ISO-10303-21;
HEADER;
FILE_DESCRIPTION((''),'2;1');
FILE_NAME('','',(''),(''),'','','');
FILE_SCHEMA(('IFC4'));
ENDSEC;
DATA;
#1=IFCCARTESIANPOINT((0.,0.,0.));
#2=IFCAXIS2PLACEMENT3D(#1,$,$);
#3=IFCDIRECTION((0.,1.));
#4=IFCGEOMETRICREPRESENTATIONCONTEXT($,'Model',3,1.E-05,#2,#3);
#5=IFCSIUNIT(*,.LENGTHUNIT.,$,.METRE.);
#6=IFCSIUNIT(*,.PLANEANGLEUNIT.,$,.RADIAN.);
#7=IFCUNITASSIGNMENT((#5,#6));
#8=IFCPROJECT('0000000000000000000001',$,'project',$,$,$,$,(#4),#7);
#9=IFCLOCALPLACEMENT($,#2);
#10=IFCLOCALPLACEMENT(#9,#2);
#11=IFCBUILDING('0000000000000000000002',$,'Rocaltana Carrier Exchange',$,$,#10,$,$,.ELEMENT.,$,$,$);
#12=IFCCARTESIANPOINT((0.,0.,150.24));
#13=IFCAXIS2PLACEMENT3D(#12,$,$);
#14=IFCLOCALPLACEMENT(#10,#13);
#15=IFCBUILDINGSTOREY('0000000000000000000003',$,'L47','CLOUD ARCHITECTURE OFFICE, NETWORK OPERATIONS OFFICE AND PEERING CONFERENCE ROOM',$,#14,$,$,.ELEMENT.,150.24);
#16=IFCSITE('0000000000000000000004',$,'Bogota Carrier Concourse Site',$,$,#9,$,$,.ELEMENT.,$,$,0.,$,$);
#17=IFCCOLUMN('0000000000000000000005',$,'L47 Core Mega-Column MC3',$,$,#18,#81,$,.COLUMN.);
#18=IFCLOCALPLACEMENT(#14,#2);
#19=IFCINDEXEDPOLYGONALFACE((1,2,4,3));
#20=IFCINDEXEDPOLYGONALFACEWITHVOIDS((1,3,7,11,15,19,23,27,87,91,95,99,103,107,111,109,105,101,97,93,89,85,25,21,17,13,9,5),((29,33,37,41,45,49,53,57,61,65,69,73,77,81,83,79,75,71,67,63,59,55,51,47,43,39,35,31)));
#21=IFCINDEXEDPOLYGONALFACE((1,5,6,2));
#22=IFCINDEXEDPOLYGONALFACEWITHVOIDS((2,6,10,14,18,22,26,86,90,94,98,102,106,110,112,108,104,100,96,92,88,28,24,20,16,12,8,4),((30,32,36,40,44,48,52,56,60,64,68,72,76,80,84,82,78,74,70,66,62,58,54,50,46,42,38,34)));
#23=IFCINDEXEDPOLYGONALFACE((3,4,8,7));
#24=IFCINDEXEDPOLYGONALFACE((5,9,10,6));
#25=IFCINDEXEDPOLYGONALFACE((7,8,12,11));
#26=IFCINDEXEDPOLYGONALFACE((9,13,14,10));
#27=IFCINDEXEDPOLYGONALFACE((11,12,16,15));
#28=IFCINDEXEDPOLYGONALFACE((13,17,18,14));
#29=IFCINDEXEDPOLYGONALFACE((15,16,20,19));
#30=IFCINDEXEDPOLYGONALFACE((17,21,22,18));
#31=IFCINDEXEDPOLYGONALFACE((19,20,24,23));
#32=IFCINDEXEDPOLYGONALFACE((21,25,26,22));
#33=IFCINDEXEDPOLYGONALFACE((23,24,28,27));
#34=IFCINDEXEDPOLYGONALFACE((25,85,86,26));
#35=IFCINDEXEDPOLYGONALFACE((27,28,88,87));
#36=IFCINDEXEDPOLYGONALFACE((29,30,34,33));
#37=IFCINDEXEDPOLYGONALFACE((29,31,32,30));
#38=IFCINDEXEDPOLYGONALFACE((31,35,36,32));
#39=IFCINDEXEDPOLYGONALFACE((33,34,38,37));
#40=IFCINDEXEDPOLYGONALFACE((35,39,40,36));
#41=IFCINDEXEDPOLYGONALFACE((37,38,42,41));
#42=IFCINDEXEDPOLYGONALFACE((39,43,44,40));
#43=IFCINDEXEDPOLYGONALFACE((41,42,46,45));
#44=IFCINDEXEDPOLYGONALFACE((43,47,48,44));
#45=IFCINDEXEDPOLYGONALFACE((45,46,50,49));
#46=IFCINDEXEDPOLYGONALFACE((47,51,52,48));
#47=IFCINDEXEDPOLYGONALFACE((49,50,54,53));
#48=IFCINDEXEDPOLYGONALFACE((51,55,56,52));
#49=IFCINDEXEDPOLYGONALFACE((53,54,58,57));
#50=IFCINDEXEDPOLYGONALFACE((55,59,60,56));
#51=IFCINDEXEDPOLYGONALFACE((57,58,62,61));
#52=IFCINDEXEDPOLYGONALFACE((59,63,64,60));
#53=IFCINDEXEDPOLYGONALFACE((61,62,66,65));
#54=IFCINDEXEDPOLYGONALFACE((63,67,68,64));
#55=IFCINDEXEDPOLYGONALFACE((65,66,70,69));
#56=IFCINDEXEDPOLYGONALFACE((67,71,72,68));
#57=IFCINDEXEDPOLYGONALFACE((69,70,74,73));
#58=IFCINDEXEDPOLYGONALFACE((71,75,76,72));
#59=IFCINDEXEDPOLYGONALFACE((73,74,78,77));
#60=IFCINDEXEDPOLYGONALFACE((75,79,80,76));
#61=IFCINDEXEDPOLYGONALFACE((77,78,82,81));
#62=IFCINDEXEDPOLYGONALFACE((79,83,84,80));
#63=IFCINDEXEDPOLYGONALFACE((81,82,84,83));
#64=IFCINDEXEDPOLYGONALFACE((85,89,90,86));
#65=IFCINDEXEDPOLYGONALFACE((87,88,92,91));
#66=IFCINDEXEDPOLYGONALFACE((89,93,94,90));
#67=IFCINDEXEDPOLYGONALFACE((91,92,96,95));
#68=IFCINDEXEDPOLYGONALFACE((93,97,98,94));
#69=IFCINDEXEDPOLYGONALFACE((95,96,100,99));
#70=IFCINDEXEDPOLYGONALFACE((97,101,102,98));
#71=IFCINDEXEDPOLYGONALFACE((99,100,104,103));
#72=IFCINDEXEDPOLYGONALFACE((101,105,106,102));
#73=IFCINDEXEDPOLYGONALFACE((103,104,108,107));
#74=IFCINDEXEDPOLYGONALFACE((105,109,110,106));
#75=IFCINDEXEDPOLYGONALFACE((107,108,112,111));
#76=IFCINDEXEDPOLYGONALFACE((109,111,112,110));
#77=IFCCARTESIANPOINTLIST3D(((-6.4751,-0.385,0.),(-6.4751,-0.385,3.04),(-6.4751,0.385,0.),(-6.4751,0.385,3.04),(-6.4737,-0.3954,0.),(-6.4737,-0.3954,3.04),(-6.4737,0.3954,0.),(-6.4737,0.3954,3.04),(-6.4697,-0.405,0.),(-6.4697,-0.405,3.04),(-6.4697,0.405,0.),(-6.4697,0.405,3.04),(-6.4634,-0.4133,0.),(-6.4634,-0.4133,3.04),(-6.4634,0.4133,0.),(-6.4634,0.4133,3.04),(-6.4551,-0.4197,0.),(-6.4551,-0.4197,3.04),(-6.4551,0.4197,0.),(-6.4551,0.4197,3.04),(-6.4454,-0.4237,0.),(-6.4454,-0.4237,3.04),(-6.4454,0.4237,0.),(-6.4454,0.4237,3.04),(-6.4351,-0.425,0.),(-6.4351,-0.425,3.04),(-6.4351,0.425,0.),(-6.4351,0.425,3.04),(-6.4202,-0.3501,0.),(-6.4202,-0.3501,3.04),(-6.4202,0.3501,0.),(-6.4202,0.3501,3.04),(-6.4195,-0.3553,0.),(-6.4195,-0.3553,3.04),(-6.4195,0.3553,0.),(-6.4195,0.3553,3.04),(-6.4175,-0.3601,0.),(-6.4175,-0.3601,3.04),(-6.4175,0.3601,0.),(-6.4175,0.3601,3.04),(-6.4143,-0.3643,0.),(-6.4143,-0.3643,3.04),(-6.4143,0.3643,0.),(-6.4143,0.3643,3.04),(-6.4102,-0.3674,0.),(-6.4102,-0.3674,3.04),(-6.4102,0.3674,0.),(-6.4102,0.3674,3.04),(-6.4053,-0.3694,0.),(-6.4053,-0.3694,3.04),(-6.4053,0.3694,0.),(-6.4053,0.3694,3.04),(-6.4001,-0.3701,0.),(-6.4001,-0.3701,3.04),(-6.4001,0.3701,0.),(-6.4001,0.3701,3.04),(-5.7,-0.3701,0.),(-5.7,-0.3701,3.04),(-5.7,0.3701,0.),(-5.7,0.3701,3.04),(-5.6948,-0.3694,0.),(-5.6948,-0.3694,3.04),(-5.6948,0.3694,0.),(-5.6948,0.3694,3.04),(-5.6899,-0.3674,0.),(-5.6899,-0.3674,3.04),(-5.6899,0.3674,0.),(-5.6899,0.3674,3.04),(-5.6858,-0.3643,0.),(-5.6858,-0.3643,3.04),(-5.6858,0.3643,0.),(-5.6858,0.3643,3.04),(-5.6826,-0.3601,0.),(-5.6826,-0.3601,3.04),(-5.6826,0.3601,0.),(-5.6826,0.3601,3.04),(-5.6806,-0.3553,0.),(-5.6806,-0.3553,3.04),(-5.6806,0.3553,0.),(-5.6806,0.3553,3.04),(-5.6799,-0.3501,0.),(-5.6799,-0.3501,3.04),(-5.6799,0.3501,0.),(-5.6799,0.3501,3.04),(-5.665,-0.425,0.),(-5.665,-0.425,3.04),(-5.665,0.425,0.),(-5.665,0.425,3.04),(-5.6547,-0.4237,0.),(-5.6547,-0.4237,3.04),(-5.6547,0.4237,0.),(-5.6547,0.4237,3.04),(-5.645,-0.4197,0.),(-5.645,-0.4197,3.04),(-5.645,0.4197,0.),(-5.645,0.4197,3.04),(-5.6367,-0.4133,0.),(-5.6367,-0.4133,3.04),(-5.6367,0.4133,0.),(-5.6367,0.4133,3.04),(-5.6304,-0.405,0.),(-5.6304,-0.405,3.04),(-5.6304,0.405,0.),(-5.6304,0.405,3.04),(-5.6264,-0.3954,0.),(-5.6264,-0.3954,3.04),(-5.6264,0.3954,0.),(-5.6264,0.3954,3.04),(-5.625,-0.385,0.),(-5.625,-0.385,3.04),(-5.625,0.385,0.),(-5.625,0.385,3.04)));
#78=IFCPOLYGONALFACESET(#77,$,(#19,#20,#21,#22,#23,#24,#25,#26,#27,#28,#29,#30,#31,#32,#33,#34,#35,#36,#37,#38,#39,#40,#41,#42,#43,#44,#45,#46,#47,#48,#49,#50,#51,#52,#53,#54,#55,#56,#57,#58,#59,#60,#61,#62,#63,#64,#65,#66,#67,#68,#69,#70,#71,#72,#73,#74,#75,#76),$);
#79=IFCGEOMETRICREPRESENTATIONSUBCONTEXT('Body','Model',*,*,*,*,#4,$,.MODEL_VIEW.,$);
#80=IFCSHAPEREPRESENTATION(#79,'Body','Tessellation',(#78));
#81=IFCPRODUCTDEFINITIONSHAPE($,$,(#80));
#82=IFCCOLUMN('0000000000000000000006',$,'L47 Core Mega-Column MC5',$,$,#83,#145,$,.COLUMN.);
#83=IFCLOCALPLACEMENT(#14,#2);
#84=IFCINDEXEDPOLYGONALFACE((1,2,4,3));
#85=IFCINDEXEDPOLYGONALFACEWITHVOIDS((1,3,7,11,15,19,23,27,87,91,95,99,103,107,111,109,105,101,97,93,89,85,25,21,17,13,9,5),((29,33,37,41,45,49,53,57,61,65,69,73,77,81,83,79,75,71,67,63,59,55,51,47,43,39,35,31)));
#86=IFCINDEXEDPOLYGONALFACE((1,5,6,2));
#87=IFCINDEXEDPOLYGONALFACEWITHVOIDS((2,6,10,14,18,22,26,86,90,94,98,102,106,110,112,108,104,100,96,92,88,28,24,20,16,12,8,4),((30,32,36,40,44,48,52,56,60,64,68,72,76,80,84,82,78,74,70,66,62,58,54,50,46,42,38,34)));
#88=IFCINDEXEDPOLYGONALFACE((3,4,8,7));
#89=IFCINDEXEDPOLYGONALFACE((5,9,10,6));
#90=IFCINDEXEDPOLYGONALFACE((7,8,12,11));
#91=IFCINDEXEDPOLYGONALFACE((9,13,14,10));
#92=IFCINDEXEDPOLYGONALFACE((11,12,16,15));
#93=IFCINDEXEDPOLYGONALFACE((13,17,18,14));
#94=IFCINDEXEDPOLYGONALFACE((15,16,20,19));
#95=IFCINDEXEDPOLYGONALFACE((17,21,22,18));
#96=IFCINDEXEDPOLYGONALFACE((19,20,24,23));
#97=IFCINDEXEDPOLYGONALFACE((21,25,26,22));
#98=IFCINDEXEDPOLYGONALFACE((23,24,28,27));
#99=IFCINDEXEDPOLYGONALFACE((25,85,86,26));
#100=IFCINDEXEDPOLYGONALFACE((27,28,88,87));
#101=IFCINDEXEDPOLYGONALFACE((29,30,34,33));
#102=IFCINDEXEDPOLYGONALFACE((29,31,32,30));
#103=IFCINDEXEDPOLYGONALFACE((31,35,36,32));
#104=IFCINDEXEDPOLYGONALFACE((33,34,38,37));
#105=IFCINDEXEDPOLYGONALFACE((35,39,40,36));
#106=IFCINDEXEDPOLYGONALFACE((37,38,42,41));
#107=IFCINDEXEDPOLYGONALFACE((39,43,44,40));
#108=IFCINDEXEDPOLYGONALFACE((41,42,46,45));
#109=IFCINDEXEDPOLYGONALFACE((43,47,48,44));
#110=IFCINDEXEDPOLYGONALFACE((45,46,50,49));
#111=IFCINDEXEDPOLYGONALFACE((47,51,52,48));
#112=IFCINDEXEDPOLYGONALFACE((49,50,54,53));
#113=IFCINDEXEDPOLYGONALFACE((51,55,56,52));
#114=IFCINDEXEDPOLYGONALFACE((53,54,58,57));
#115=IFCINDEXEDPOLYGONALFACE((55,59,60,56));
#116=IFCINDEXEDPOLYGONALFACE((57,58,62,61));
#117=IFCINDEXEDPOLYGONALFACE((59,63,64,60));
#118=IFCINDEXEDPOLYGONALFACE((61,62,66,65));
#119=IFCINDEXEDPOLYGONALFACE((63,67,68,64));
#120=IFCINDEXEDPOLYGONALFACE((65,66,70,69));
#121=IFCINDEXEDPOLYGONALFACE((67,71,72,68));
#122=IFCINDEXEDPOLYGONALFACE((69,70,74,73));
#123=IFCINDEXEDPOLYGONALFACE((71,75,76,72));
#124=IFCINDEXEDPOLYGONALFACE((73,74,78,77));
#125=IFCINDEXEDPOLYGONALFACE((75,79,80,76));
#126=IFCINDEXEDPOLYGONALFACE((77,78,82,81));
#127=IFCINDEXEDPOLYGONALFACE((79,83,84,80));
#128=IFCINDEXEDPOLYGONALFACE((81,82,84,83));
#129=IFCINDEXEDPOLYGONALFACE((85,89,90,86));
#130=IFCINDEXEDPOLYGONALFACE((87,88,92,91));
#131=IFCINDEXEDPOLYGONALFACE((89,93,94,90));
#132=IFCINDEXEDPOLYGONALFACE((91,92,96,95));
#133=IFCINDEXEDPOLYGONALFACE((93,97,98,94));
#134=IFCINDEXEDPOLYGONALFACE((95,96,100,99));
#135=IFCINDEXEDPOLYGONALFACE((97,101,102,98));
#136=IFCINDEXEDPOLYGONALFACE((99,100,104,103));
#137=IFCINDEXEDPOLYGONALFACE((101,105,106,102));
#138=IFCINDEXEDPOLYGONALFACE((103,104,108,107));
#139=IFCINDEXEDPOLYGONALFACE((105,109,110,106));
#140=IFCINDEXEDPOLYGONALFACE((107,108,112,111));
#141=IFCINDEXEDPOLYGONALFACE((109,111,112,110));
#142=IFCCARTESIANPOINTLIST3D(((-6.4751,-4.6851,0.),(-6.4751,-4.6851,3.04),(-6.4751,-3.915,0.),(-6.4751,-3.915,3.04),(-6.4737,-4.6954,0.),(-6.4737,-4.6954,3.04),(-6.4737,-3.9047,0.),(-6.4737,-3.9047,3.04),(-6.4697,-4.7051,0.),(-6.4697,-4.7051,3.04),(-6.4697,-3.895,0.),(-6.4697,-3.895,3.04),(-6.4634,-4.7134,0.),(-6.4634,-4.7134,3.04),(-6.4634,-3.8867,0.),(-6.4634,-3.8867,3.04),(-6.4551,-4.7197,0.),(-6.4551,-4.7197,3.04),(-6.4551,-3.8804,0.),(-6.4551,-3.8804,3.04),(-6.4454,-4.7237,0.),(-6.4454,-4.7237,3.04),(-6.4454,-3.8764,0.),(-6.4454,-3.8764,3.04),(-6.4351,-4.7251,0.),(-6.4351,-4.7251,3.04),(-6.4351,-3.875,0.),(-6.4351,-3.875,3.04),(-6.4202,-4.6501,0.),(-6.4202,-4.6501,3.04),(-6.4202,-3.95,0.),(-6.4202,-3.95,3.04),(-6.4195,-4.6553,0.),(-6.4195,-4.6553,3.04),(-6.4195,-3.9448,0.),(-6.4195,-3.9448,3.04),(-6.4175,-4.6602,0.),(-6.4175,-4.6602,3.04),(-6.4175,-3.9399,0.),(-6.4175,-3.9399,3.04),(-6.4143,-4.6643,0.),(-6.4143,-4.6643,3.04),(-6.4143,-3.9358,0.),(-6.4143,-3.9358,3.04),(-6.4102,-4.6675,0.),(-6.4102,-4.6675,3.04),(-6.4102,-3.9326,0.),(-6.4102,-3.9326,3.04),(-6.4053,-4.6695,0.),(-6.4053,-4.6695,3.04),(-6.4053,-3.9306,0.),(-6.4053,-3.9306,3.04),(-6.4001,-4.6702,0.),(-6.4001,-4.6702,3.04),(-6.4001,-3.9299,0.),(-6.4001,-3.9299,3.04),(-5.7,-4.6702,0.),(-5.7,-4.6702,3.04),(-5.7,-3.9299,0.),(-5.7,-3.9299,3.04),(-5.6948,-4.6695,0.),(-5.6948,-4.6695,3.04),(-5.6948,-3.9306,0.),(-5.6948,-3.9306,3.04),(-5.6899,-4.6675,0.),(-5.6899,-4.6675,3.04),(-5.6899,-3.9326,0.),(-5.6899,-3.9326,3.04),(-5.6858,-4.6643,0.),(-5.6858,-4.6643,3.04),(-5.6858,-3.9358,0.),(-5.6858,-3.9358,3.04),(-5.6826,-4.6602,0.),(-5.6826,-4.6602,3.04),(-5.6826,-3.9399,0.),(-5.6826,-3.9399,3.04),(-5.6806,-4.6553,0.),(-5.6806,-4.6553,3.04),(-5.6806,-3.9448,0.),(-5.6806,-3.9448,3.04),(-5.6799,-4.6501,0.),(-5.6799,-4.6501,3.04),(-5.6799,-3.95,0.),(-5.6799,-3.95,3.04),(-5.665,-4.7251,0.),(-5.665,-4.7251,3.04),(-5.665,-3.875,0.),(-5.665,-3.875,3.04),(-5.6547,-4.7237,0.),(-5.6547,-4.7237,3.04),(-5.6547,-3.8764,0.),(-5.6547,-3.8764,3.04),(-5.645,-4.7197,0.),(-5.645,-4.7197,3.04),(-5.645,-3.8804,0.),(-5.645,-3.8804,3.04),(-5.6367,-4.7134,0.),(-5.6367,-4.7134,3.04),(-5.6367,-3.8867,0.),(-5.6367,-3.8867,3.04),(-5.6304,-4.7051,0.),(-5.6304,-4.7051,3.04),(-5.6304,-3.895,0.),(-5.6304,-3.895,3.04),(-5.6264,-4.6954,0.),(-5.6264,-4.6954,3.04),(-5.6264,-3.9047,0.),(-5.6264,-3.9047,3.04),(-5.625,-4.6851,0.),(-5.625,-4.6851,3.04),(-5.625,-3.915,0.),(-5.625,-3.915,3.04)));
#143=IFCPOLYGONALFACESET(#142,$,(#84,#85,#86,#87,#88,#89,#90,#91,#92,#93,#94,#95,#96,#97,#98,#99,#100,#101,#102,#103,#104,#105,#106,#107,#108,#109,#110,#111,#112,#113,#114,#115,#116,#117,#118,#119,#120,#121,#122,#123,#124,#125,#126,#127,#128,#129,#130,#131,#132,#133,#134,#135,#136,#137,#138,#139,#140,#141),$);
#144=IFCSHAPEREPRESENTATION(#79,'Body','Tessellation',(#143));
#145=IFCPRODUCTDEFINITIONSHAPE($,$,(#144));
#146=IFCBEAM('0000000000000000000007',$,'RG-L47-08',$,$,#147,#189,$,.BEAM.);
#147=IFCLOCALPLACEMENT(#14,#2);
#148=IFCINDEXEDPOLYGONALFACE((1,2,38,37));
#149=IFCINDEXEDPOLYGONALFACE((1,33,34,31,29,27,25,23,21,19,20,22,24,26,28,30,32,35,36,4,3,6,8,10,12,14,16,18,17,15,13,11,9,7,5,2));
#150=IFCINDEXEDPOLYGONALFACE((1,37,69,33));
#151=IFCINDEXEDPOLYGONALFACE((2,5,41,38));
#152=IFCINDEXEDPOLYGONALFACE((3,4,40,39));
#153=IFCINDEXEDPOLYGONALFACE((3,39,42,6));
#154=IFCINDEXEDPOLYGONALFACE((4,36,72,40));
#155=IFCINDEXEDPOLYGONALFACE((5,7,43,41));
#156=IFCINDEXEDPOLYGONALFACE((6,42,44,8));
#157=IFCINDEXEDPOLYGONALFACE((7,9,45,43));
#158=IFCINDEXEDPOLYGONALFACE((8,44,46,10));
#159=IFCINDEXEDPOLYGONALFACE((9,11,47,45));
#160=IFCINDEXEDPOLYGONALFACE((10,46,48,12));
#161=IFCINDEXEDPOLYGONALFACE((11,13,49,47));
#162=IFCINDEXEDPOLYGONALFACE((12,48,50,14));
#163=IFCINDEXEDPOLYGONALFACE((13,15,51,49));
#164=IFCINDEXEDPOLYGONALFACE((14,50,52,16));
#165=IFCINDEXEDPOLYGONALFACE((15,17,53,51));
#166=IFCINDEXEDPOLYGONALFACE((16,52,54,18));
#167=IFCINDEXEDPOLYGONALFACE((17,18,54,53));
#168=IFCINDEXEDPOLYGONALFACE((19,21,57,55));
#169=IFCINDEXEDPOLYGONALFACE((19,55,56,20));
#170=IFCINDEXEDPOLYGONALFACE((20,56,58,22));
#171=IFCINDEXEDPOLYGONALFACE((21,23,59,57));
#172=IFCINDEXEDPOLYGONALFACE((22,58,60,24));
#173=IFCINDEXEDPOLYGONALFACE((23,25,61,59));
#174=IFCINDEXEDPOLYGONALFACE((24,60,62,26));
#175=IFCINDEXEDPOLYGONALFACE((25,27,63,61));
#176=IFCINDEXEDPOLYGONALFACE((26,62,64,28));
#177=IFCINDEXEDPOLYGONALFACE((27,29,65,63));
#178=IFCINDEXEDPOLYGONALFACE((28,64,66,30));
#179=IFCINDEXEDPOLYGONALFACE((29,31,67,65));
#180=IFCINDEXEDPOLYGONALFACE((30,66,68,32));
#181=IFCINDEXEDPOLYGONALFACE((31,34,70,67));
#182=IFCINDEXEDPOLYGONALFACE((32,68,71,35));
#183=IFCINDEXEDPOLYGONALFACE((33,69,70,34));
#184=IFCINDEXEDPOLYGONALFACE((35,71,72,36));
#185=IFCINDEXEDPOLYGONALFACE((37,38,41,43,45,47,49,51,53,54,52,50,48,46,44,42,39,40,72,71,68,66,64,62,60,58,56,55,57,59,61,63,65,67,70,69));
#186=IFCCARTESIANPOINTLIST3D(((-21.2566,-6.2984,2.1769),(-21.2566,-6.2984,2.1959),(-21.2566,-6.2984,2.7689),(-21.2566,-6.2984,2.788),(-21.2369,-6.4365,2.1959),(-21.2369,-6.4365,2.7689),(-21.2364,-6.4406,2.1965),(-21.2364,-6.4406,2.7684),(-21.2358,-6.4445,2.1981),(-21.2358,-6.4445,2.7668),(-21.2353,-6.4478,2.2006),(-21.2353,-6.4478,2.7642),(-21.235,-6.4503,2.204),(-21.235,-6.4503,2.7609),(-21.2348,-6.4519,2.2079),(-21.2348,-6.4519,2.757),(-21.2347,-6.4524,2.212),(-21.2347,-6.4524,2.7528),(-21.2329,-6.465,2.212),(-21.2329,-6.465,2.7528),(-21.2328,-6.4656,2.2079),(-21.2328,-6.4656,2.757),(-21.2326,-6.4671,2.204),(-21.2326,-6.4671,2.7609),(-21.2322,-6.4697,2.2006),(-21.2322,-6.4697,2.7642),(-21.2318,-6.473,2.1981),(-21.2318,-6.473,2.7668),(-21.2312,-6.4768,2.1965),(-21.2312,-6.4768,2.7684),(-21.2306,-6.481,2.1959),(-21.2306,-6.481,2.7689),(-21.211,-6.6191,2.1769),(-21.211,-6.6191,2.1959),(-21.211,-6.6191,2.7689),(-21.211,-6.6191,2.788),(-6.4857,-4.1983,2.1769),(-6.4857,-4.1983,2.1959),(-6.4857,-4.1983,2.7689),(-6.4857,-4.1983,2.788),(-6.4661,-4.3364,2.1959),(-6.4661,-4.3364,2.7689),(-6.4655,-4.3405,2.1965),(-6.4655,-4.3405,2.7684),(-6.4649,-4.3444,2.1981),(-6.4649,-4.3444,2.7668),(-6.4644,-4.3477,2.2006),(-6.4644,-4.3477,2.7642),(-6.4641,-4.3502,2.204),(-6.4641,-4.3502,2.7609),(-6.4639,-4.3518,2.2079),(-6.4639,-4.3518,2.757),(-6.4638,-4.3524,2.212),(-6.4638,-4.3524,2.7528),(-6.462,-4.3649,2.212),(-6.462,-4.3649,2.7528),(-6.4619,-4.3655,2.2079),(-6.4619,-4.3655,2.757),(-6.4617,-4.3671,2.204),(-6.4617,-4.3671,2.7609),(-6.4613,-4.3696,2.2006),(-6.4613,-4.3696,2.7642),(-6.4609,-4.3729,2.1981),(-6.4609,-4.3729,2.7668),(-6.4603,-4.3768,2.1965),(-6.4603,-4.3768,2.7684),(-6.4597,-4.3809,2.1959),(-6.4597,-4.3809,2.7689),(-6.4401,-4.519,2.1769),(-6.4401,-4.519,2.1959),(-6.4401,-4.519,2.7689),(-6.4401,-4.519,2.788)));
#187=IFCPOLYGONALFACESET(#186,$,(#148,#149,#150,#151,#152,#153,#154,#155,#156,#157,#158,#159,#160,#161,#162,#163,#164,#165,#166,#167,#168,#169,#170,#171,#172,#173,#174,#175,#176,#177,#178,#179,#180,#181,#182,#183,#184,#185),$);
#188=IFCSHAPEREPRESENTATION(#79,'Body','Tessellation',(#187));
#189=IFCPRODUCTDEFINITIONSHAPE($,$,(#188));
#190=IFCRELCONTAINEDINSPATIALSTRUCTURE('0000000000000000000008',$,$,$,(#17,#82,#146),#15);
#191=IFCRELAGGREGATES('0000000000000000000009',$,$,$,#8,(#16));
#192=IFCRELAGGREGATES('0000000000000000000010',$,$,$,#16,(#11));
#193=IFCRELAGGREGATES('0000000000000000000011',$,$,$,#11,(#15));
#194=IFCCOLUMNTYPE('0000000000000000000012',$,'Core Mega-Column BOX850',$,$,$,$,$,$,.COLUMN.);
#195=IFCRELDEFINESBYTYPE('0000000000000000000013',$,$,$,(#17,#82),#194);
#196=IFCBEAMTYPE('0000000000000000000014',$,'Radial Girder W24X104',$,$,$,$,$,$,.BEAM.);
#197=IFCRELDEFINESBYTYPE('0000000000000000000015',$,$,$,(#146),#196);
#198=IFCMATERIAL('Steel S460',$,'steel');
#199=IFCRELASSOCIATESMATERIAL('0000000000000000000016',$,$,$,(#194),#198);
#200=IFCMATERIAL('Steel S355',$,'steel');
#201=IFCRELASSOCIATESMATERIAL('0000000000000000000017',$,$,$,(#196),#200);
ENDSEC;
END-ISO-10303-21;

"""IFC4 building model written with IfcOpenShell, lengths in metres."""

from ifc_helpers import new_model, si_unit, direction, frame, origin, origin_2d, place, context, subcontext, project, spatial, hollow_rectangle, i_section, extrude, material, material_profile, profile_set, type_object, element, save


model = new_model("IFC4")

# Units and contexts
model_context = context("Model", 3, precision=1e-05, world=origin(), true_north=direction((0.0, 1.0)))
body_context = subcontext(model_context, "Body", "Model", "MODEL_VIEW")
ifc_project = project(units=[si_unit("LENGTHUNIT", "METRE"), si_unit("PLANEANGLEUNIT", "RADIAN")], contexts=[model_context])

# Site, building, storey
site_placement = place(None, origin())
site = spatial("IfcSite", under=ifc_project, at=site_placement, Name="Bogota Carrier Concourse Site", CompositionType="ELEMENT", RefElevation=0.0)
building_placement = place(site_placement, origin())
building = spatial("IfcBuilding", under=site, at=building_placement, Name="Rocaltana Carrier Exchange", CompositionType="ELEMENT")
storey_placement = place(building_placement, frame((0.0, 0.0, 150.24)))
storey = spatial("IfcBuildingStorey", under=building, at=storey_placement, Name="L47", Description="CLOUD ARCHITECTURE OFFICE, NETWORK OPERATIONS OFFICE AND PEERING CONFERENCE ROOM", CompositionType="ELEMENT", Elevation=150.24)

# Columns
ifc_material_1 = material(Name="Steel S460", Category="steel")
ifc_material_profile_1 = material_profile(ifc_material_1, hollow_rectangle(XDim=0.8501, YDim=0.8501, WallThickness=0.0549, InnerFilletRadius=0.02, OuterFilletRadius=0.04, at=origin_2d()), Name="BOX850X850X55")
ifc_profile_set_1 = profile_set([ifc_material_profile_1], Name="Steel S460")
column_type = type_object("IfcColumnType", Name="Core Mega-Column BOX850", PredefinedType="COLUMN", material=ifc_profile_set_1)
for number, where, z_axis, x_axis, name in (
    (1, (-6.05, 0.0, 0.0), (0.0, 0.0, 1.0), (1.0, 0.0, 0.0), "L47 Core Mega-Column MC3"),
    (2, (-6.05, -4.3, 0.0), (0.0, 0.0, 1.0), (1.0, 0.0, 0.0), "L47 Core Mega-Column MC5"),
):
    element("IfcColumn", number, at=place(storey_placement, frame(where, z_axis=z_axis, x_axis=x_axis)), inside=storey, type_object=column_type, Name=name, PredefinedType="COLUMN", context=body_context, shape_type="SweptSolid", body=[
        extrude(hollow_rectangle(XDim=0.8501, YDim=0.8501, WallThickness=0.0549, InnerFilletRadius=0.02, OuterFilletRadius=0.04, at=origin_2d()), origin(), (0.0, 0.0, 1.0), 3.04),
    ])

# Beam
ifc_material_2 = material(Name="Steel S355", Category="steel")
ifc_material_profile_2 = material_profile(ifc_material_2, i_section(OverallWidth=0.324, OverallDepth=0.6111, WebThickness=0.0127, FlangeThickness=0.019, FilletRadius=0.0161, at=origin_2d()), Name="W24X104")
ifc_profile_set_2 = profile_set([ifc_material_profile_2], Name="Steel S355")
beam_type = type_object("IfcBeamType", Name="Radial Girder W24X104", PredefinedType="BEAM", material=ifc_profile_set_2)
beam_1_placement = place(storey_placement, frame((-6.4629, -4.3586, 2.4824), z_axis=(-0.990044, -0.140762, 0.0), x_axis=(0.140762, -0.990044, 0.0)))
element("IfcBeam", 3, at=beam_1_placement, inside=storey, type_object=beam_type, Name="RG-L47-08", PredefinedType="BEAM", context=body_context, shape_type="SweptSolid", body=[
    extrude(i_section(OverallWidth=0.324, OverallDepth=0.6111, WebThickness=0.0127, FlangeThickness=0.019, FilletRadius=0.0161, at=origin_2d()), origin(), (0.0, 0.0, 1.0), 14.9194),
])

save(model, "model.ifc")
